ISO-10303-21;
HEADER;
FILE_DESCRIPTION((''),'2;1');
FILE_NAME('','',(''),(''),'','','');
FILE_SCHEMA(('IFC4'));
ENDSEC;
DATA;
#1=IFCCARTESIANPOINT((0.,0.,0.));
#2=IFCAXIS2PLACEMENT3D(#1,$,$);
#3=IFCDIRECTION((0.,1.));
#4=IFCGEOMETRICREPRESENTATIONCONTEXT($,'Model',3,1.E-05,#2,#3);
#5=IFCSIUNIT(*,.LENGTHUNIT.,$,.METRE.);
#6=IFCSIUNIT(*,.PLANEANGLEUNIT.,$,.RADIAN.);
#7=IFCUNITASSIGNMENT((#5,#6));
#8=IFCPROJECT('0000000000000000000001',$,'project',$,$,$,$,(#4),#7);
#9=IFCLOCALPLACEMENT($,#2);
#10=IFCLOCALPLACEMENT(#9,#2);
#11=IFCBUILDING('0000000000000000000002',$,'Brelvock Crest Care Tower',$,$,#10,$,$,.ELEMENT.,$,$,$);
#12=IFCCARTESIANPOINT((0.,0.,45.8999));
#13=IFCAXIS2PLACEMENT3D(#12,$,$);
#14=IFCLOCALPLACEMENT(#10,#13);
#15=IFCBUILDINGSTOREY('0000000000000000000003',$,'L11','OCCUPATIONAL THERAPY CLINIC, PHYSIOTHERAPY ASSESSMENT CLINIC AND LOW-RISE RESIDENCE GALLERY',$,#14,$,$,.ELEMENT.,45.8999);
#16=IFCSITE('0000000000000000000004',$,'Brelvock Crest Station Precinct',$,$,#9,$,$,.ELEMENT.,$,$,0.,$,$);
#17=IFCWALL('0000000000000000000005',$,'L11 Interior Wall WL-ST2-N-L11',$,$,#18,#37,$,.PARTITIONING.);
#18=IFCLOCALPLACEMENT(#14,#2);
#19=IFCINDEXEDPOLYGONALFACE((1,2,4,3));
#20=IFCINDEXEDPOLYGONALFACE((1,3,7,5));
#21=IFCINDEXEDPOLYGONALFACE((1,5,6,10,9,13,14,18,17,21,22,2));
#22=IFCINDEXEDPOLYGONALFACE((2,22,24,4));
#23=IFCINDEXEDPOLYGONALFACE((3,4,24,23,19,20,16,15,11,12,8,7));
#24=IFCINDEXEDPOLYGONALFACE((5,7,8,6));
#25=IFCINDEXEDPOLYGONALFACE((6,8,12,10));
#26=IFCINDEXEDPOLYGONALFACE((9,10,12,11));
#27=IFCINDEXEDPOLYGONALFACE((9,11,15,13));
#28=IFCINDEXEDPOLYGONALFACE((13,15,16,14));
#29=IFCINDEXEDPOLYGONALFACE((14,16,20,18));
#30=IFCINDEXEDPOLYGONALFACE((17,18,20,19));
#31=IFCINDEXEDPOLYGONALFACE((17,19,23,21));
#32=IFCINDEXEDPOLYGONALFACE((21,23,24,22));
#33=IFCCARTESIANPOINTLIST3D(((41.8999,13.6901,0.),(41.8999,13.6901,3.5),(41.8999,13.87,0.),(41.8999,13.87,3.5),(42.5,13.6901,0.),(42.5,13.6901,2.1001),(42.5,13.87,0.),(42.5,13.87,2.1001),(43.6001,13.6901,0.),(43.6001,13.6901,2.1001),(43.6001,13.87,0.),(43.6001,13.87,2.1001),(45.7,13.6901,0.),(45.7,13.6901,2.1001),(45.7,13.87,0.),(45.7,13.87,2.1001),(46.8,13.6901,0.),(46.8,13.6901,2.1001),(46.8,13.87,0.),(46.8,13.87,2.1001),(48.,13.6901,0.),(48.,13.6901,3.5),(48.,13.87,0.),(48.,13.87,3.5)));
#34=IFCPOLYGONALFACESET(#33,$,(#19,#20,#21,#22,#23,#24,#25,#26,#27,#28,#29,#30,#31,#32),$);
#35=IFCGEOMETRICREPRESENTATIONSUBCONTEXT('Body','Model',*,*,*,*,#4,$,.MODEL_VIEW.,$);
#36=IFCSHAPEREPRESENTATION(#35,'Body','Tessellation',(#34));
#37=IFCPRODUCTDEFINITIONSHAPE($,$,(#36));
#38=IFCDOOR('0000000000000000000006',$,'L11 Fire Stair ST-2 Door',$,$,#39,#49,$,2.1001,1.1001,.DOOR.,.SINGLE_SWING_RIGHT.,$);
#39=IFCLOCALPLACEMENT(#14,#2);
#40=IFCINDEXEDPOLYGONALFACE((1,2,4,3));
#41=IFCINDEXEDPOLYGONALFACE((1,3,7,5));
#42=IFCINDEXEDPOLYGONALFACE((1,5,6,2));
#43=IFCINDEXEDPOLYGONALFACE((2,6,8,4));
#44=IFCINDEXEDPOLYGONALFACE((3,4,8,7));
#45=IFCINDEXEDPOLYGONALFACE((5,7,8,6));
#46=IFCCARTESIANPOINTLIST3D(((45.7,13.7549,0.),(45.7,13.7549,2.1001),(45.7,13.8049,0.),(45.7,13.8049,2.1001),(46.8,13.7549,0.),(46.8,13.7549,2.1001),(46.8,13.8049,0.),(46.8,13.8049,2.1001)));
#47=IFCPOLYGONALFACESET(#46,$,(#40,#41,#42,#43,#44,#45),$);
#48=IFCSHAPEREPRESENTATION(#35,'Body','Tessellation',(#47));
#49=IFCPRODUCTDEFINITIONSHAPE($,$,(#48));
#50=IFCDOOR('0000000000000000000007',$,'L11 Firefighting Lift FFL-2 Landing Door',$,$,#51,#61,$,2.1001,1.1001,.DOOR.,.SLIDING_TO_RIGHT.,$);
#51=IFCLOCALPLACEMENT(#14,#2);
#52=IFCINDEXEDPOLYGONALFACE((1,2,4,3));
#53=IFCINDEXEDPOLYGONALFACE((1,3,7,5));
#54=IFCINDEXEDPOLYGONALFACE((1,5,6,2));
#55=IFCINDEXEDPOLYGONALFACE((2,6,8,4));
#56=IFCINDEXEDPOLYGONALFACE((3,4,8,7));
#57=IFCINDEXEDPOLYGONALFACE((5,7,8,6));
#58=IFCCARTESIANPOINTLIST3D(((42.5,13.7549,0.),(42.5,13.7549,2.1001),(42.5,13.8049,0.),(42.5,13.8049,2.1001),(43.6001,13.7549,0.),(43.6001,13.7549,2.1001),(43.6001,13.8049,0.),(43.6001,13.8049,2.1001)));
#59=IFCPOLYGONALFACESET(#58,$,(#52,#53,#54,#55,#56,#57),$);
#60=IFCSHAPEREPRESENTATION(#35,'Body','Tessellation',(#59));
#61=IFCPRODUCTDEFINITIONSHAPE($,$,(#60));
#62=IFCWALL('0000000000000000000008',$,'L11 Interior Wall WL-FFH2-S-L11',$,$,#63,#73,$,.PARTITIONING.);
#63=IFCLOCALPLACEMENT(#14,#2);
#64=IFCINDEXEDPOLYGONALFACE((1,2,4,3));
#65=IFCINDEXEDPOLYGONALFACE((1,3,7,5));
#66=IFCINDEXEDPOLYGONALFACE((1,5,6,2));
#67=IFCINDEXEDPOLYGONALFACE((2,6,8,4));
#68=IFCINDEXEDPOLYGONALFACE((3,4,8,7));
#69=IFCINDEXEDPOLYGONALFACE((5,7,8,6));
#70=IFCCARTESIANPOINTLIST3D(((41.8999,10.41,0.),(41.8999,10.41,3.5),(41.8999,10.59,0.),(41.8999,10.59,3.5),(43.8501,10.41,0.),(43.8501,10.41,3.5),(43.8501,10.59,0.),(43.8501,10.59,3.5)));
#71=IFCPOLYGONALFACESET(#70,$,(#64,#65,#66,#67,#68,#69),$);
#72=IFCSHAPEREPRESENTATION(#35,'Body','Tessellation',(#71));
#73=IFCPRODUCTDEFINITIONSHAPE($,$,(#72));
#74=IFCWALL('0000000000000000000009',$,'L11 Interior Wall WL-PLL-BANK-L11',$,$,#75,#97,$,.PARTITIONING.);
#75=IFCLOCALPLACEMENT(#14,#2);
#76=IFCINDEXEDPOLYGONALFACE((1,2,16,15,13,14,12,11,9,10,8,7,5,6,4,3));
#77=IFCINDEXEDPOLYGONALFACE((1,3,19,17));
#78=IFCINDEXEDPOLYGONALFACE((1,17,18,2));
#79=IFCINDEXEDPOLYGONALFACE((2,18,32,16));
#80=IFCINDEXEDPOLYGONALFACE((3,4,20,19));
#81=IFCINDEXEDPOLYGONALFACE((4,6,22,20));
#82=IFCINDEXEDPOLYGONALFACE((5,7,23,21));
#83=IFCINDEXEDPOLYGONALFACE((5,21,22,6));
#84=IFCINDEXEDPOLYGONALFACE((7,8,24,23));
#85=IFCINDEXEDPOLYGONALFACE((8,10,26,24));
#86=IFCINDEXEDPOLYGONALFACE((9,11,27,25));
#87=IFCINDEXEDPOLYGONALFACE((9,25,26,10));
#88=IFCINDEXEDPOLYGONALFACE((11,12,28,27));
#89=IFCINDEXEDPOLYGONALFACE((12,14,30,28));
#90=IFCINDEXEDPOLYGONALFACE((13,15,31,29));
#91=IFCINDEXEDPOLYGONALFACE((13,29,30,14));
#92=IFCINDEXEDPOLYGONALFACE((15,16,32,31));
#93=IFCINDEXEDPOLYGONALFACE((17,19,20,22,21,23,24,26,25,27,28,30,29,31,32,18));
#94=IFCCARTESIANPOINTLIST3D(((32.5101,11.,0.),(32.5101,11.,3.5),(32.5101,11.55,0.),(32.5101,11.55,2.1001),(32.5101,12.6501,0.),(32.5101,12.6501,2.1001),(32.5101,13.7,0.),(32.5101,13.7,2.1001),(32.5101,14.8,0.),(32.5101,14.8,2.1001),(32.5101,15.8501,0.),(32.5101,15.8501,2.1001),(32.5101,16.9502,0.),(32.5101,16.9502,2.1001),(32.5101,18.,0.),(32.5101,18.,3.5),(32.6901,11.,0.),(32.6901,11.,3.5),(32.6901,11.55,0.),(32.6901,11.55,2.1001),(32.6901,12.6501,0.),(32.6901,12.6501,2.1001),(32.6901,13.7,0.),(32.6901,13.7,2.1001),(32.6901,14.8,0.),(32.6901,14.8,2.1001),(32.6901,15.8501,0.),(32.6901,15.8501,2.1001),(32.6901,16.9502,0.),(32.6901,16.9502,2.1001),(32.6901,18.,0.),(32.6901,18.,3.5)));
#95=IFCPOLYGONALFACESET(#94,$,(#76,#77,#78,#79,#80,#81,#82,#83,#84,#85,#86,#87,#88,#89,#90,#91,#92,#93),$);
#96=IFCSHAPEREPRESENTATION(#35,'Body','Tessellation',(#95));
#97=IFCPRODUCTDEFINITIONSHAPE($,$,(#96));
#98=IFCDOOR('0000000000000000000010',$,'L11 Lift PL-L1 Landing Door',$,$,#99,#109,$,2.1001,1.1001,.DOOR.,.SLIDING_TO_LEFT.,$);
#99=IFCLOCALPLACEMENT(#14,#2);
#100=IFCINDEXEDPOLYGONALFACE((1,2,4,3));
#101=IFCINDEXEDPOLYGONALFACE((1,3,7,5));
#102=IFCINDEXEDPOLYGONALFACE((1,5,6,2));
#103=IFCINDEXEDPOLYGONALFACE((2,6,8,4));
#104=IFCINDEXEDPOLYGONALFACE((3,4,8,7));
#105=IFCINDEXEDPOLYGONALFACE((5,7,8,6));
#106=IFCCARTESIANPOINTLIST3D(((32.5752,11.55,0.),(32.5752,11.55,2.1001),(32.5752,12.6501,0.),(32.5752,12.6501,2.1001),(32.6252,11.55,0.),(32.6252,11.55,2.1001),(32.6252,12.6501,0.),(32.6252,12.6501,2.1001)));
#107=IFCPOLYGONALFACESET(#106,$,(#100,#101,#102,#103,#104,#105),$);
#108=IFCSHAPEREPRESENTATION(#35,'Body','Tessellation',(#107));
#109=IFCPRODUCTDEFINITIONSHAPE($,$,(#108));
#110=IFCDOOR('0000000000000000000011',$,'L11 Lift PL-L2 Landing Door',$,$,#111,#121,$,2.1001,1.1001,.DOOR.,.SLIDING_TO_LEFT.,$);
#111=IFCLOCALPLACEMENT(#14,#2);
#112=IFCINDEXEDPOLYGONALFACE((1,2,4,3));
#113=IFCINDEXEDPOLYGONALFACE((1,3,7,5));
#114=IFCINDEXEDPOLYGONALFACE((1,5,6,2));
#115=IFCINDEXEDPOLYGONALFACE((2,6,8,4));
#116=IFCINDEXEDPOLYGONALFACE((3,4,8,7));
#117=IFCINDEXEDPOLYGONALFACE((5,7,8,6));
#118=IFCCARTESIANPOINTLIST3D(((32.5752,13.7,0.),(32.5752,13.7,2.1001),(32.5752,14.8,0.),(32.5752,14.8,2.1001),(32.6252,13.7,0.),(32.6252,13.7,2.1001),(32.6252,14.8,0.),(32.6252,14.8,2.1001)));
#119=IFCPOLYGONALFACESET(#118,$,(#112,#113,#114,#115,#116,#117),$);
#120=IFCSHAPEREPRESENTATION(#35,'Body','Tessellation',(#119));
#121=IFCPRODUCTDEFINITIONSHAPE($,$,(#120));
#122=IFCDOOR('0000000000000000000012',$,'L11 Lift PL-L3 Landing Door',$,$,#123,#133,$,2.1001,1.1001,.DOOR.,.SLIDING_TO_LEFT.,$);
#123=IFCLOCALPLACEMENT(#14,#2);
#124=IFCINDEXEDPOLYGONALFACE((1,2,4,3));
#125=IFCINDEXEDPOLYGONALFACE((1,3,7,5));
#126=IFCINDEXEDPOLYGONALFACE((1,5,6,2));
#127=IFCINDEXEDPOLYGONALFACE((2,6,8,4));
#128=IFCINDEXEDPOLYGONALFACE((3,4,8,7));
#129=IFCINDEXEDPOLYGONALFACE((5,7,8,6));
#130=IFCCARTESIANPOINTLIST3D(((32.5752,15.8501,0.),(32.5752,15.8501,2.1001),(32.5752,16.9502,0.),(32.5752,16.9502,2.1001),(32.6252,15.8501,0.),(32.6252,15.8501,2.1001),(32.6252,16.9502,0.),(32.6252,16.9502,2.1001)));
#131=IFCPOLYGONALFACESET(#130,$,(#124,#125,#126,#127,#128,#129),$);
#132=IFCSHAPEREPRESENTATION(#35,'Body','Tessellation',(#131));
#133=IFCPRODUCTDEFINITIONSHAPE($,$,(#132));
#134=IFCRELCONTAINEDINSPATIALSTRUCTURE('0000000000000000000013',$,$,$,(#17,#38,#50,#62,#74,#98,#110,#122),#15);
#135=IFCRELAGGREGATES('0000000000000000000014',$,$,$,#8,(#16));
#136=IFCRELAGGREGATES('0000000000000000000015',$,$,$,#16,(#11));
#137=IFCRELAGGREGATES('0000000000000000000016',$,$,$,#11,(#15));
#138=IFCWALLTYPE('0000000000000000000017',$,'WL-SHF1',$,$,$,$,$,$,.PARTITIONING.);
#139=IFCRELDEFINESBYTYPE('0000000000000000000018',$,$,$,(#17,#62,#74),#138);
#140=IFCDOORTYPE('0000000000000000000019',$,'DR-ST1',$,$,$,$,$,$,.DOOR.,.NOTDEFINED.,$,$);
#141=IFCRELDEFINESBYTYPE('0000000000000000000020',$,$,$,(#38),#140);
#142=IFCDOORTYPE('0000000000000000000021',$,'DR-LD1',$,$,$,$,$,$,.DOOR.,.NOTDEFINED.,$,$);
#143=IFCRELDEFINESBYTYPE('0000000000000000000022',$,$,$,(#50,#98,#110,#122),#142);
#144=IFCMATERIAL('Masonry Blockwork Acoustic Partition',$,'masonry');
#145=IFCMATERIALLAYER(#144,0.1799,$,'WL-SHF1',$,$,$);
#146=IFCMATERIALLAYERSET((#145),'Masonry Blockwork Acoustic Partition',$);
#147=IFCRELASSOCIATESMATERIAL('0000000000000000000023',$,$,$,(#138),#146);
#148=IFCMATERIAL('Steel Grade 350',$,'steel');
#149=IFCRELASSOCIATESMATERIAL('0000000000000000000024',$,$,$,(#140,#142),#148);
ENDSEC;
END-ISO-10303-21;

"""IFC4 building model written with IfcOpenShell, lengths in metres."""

from ifc_helpers import new_model, si_unit, direction, frame, frame_2d, origin, origin_2d, place, context, subcontext, project, spatial, rectangle, extrude, source, transform, mapped, material, layer, layer_set, type_object, element, fill, save


model = new_model("IFC4")

# Units and contexts
model_context = context("Model", 3, precision=1e-05, world=origin(), true_north=direction((0.0, 1.0)))
body_context = subcontext(model_context, "Body", "Model", "MODEL_VIEW")
ifc_project = project(units=[si_unit("LENGTHUNIT", "METRE"), si_unit("PLANEANGLEUNIT", "RADIAN")], contexts=[model_context])

# Site, building, storey
site_placement = place(None, origin())
site = spatial("IfcSite", under=ifc_project, at=site_placement, Name="Brelvock Crest Station Precinct", CompositionType="ELEMENT", RefElevation=0.0)
building_placement = place(site_placement, origin())
building = spatial("IfcBuilding", under=site, at=building_placement, Name="Brelvock Crest Care Tower", CompositionType="ELEMENT")
storey_placement = place(building_placement, frame((0.0, 0.0, 45.8999)))
storey = spatial("IfcBuildingStorey", under=building, at=storey_placement, Name="L11", Description="OCCUPATIONAL THERAPY CLINIC, PHYSIOTHERAPY ASSESSMENT CLINIC AND LOW-RISE RESIDENCE GALLERY", CompositionType="ELEMENT", Elevation=45.8999)

# Shared definitions
ifc_material_1 = material(Name="Steel Grade 350", Category="steel")

# Shared definitions
ifc_material_2 = material(Name="Masonry Blockwork Acoustic Partition", Category="masonry")

# Shared definitions
ifc_layer_1 = layer(ifc_material_2, 0.1799, Name="WL-SHF1")
ifc_layer_set_1 = layer_set([ifc_layer_1], Name="Masonry Blockwork Acoustic Partition")
wall_type_1 = type_object("IfcWallType", Name="WL-SHF1", PredefinedType="PARTITIONING", material=ifc_layer_set_1)

# Wall, openings, doors
wall_1_placement = place(storey_placement, frame((41.8999, 13.78, 0.0), z_axis=(0.0, 0.0, 1.0), x_axis=(1.0, 0.0, 0.0)))
wall_1 = element("IfcWall", 1, at=wall_1_placement, inside=storey, type_object=wall_type_1, Name="L11 Interior Wall WL-ST2-N-L11", PredefinedType="PARTITIONING", context=body_context, shape_type="SweptSolid", body=[
    extrude(rectangle(XDim=6.1001, YDim=0.1799, at=frame_2d((3.05, 0.0))), origin(), (0.0, 0.0, 1.0), 3.5),
])
opening_1_placement = place(wall_1_placement, frame((0.6001, 0.0, 0.0)))
opening_1 = element("IfcOpeningElement", 2, at=opening_1_placement, cuts=wall_1, PredefinedType="OPENING", context=body_context, shape_type="SweptSolid", body=[
    extrude(rectangle(XDim=1.1001, YDim=2.1001, at=origin_2d()), frame((0.55, 0.1001, 1.05), z_axis=(0.0, -1.0, 0.0), x_axis=(1.0, 0.0, 0.0)), (0.0, 0.0, 1.0), 0.2),
])
opening_2_placement = place(wall_1_placement, frame((3.8, 0.0, 0.0)))
opening_2 = element("IfcOpeningElement", 3, at=opening_2_placement, cuts=wall_1, PredefinedType="OPENING", context=body_context, shape_type="SweptSolid", body=[
    extrude(rectangle(XDim=1.1001, YDim=2.1001, at=origin_2d()), frame((0.55, 0.1001, 1.05), z_axis=(0.0, -1.0, 0.0), x_axis=(1.0, 0.0, 0.0)), (0.0, 0.0, 1.0), 0.2),
])
door_type_1 = type_object("IfcDoorType", Name="DR-ST1", OperationType="NOTDEFINED", PredefinedType="DOOR", material=ifc_material_1)
shared_shape_1 = source(origin(), body_context, "Body", "SweptSolid", [
    extrude(rectangle(XDim=1.1001, YDim=2.1001, at=origin_2d()), frame((0.55, 0.0249, 1.05), z_axis=(0.0, -1.0, 0.0), x_axis=(1.0, 0.0, 0.0)), (0.0, 0.0, 1.0), 0.05),
])
door_1_placement = place(opening_2_placement, origin())
door_1 = element("IfcDoor", 4, at=door_1_placement, inside=storey, type_object=door_type_1, Name="L11 Fire Stair ST-2 Door", OperationType="SINGLE_SWING_RIGHT", OverallHeight=2.1001, OverallWidth=1.1001, PredefinedType="DOOR", context=body_context, shape_type="MappedRepresentation", body=[
    mapped(shared_shape_1, transform((0.0, 0.0, 0.0), x_axis=(1.0, 0.0, 0.0), y_axis=(0.0, 1.0, 0.0), z_axis=(0.0, 0.0, 1.0), scale=1.0)),
])
fill(opening_2, door_1)
door_type_2 = type_object("IfcDoorType", Name="DR-LD1", OperationType="NOTDEFINED", PredefinedType="DOOR", material=ifc_material_1)
shared_shape_2 = source(origin(), body_context, "Body", "SweptSolid", [
    extrude(rectangle(XDim=1.1001, YDim=2.1001, at=origin_2d()), frame((0.55, 0.0249, 1.05), z_axis=(0.0, -1.0, 0.0), x_axis=(1.0, 0.0, 0.0)), (0.0, 0.0, 1.0), 0.05),
])
door_2_placement = place(opening_1_placement, origin())
door_2 = element("IfcDoor", 5, at=door_2_placement, inside=storey, type_object=door_type_2, Name="L11 Firefighting Lift FFL-2 Landing Door", OperationType="SLIDING_TO_RIGHT", OverallHeight=2.1001, OverallWidth=1.1001, PredefinedType="DOOR", context=body_context, shape_type="MappedRepresentation", body=[
    mapped(shared_shape_2, transform((0.0, 0.0, 0.0), x_axis=(1.0, 0.0, 0.0), y_axis=(0.0, 1.0, 0.0), z_axis=(0.0, 0.0, 1.0), scale=1.0)),
])
fill(opening_1, door_2)

# Wall
wall_2_placement = place(storey_placement, frame((41.8999, 10.5, 0.0), z_axis=(0.0, 0.0, 1.0), x_axis=(1.0, 0.0, 0.0)))
element("IfcWall", 6, at=wall_2_placement, inside=storey, type_object=wall_type_1, Name="L11 Interior Wall WL-FFH2-S-L11", PredefinedType="PARTITIONING", context=body_context, shape_type="SweptSolid", body=[
    extrude(rectangle(XDim=1.9502, YDim=0.1799, at=frame_2d((0.9751, 0.0))), origin(), (0.0, 0.0, 1.0), 3.5),
])

# Wall, openings, doors
wall_3_placement = place(storey_placement, frame((32.6001, 11.0, 0.0), z_axis=(0.0, 0.0, 1.0), x_axis=(0.0, 1.0, 0.0)))
wall_3 = element("IfcWall", 7, at=wall_3_placement, inside=storey, type_object=wall_type_1, Name="L11 Interior Wall WL-PLL-BANK-L11", PredefinedType="PARTITIONING", context=body_context, shape_type="SweptSolid", body=[
    extrude(rectangle(XDim=7.0, YDim=0.1799, at=frame_2d((3.5, 0.0))), origin(), (0.0, 0.0, 1.0), 3.5),
])
opening_3_placement = place(wall_3_placement, frame((0.55, 0.0, 0.0)))
opening_3 = element("IfcOpeningElement", 8, at=opening_3_placement, cuts=wall_3, PredefinedType="OPENING", context=body_context, shape_type="SweptSolid", body=[
    extrude(rectangle(XDim=1.1001, YDim=2.1001, at=origin_2d()), frame((0.55, 0.1001, 1.05), z_axis=(0.0, -1.0, 0.0), x_axis=(1.0, 0.0, 0.0)), (0.0, 0.0, 1.0), 0.2),
])
opening_4_placement = place(wall_3_placement, frame((2.7, 0.0, 0.0)))
opening_4 = element("IfcOpeningElement", 9, at=opening_4_placement, cuts=wall_3, PredefinedType="OPENING", context=body_context, shape_type="SweptSolid", body=[
    extrude(rectangle(XDim=1.1001, YDim=2.1001, at=origin_2d()), frame((0.55, 0.1001, 1.05), z_axis=(0.0, -1.0, 0.0), x_axis=(1.0, 0.0, 0.0)), (0.0, 0.0, 1.0), 0.2),
])
opening_5_placement = place(wall_3_placement, frame((4.8501, 0.0, 0.0)))
opening_5 = element("IfcOpeningElement", 10, at=opening_5_placement, cuts=wall_3, PredefinedType="OPENING", context=body_context, shape_type="SweptSolid", body=[
    extrude(rectangle(XDim=1.1001, YDim=2.1001, at=origin_2d()), frame((0.55, 0.1001, 1.05), z_axis=(0.0, -1.0, 0.0), x_axis=(1.0, 0.0, 0.0)), (0.0, 0.0, 1.0), 0.2),
])
door_3_placement = place(opening_3_placement, origin())
door_3 = element("IfcDoor", 11, at=door_3_placement, inside=storey, type_object=door_type_2, Name="L11 Lift PL-L1 Landing Door", OperationType="SLIDING_TO_LEFT", OverallHeight=2.1001, OverallWidth=1.1001, PredefinedType="DOOR", context=body_context, shape_type="MappedRepresentation", body=[
    mapped(shared_shape_2, transform((0.0, 0.0, 0.0), x_axis=(1.0, 0.0, 0.0), y_axis=(0.0, 1.0, 0.0), z_axis=(0.0, 0.0, 1.0), scale=1.0)),
])
fill(opening_3, door_3)
door_4_placement = place(opening_4_placement, origin())
door_4 = element("IfcDoor", 12, at=door_4_placement, inside=storey, type_object=door_type_2, Name="L11 Lift PL-L2 Landing Door", OperationType="SLIDING_TO_LEFT", OverallHeight=2.1001, OverallWidth=1.1001, PredefinedType="DOOR", context=body_context, shape_type="MappedRepresentation", body=[
    mapped(shared_shape_2, transform((0.0, 0.0, 0.0), x_axis=(1.0, 0.0, 0.0), y_axis=(0.0, 1.0, 0.0), z_axis=(0.0, 0.0, 1.0), scale=1.0)),
])
fill(opening_4, door_4)
door_5_placement = place(opening_5_placement, origin())
door_5 = element("IfcDoor", 13, at=door_5_placement, inside=storey, type_object=door_type_2, Name="L11 Lift PL-L3 Landing Door", OperationType="SLIDING_TO_LEFT", OverallHeight=2.1001, OverallWidth=1.1001, PredefinedType="DOOR", context=body_context, shape_type="MappedRepresentation", body=[
    mapped(shared_shape_2, transform((0.0, 0.0, 0.0), x_axis=(1.0, 0.0, 0.0), y_axis=(0.0, 1.0, 0.0), z_axis=(0.0, 0.0, 1.0), scale=1.0)),
])
fill(opening_5, door_5)

save(model, "model.ifc")
